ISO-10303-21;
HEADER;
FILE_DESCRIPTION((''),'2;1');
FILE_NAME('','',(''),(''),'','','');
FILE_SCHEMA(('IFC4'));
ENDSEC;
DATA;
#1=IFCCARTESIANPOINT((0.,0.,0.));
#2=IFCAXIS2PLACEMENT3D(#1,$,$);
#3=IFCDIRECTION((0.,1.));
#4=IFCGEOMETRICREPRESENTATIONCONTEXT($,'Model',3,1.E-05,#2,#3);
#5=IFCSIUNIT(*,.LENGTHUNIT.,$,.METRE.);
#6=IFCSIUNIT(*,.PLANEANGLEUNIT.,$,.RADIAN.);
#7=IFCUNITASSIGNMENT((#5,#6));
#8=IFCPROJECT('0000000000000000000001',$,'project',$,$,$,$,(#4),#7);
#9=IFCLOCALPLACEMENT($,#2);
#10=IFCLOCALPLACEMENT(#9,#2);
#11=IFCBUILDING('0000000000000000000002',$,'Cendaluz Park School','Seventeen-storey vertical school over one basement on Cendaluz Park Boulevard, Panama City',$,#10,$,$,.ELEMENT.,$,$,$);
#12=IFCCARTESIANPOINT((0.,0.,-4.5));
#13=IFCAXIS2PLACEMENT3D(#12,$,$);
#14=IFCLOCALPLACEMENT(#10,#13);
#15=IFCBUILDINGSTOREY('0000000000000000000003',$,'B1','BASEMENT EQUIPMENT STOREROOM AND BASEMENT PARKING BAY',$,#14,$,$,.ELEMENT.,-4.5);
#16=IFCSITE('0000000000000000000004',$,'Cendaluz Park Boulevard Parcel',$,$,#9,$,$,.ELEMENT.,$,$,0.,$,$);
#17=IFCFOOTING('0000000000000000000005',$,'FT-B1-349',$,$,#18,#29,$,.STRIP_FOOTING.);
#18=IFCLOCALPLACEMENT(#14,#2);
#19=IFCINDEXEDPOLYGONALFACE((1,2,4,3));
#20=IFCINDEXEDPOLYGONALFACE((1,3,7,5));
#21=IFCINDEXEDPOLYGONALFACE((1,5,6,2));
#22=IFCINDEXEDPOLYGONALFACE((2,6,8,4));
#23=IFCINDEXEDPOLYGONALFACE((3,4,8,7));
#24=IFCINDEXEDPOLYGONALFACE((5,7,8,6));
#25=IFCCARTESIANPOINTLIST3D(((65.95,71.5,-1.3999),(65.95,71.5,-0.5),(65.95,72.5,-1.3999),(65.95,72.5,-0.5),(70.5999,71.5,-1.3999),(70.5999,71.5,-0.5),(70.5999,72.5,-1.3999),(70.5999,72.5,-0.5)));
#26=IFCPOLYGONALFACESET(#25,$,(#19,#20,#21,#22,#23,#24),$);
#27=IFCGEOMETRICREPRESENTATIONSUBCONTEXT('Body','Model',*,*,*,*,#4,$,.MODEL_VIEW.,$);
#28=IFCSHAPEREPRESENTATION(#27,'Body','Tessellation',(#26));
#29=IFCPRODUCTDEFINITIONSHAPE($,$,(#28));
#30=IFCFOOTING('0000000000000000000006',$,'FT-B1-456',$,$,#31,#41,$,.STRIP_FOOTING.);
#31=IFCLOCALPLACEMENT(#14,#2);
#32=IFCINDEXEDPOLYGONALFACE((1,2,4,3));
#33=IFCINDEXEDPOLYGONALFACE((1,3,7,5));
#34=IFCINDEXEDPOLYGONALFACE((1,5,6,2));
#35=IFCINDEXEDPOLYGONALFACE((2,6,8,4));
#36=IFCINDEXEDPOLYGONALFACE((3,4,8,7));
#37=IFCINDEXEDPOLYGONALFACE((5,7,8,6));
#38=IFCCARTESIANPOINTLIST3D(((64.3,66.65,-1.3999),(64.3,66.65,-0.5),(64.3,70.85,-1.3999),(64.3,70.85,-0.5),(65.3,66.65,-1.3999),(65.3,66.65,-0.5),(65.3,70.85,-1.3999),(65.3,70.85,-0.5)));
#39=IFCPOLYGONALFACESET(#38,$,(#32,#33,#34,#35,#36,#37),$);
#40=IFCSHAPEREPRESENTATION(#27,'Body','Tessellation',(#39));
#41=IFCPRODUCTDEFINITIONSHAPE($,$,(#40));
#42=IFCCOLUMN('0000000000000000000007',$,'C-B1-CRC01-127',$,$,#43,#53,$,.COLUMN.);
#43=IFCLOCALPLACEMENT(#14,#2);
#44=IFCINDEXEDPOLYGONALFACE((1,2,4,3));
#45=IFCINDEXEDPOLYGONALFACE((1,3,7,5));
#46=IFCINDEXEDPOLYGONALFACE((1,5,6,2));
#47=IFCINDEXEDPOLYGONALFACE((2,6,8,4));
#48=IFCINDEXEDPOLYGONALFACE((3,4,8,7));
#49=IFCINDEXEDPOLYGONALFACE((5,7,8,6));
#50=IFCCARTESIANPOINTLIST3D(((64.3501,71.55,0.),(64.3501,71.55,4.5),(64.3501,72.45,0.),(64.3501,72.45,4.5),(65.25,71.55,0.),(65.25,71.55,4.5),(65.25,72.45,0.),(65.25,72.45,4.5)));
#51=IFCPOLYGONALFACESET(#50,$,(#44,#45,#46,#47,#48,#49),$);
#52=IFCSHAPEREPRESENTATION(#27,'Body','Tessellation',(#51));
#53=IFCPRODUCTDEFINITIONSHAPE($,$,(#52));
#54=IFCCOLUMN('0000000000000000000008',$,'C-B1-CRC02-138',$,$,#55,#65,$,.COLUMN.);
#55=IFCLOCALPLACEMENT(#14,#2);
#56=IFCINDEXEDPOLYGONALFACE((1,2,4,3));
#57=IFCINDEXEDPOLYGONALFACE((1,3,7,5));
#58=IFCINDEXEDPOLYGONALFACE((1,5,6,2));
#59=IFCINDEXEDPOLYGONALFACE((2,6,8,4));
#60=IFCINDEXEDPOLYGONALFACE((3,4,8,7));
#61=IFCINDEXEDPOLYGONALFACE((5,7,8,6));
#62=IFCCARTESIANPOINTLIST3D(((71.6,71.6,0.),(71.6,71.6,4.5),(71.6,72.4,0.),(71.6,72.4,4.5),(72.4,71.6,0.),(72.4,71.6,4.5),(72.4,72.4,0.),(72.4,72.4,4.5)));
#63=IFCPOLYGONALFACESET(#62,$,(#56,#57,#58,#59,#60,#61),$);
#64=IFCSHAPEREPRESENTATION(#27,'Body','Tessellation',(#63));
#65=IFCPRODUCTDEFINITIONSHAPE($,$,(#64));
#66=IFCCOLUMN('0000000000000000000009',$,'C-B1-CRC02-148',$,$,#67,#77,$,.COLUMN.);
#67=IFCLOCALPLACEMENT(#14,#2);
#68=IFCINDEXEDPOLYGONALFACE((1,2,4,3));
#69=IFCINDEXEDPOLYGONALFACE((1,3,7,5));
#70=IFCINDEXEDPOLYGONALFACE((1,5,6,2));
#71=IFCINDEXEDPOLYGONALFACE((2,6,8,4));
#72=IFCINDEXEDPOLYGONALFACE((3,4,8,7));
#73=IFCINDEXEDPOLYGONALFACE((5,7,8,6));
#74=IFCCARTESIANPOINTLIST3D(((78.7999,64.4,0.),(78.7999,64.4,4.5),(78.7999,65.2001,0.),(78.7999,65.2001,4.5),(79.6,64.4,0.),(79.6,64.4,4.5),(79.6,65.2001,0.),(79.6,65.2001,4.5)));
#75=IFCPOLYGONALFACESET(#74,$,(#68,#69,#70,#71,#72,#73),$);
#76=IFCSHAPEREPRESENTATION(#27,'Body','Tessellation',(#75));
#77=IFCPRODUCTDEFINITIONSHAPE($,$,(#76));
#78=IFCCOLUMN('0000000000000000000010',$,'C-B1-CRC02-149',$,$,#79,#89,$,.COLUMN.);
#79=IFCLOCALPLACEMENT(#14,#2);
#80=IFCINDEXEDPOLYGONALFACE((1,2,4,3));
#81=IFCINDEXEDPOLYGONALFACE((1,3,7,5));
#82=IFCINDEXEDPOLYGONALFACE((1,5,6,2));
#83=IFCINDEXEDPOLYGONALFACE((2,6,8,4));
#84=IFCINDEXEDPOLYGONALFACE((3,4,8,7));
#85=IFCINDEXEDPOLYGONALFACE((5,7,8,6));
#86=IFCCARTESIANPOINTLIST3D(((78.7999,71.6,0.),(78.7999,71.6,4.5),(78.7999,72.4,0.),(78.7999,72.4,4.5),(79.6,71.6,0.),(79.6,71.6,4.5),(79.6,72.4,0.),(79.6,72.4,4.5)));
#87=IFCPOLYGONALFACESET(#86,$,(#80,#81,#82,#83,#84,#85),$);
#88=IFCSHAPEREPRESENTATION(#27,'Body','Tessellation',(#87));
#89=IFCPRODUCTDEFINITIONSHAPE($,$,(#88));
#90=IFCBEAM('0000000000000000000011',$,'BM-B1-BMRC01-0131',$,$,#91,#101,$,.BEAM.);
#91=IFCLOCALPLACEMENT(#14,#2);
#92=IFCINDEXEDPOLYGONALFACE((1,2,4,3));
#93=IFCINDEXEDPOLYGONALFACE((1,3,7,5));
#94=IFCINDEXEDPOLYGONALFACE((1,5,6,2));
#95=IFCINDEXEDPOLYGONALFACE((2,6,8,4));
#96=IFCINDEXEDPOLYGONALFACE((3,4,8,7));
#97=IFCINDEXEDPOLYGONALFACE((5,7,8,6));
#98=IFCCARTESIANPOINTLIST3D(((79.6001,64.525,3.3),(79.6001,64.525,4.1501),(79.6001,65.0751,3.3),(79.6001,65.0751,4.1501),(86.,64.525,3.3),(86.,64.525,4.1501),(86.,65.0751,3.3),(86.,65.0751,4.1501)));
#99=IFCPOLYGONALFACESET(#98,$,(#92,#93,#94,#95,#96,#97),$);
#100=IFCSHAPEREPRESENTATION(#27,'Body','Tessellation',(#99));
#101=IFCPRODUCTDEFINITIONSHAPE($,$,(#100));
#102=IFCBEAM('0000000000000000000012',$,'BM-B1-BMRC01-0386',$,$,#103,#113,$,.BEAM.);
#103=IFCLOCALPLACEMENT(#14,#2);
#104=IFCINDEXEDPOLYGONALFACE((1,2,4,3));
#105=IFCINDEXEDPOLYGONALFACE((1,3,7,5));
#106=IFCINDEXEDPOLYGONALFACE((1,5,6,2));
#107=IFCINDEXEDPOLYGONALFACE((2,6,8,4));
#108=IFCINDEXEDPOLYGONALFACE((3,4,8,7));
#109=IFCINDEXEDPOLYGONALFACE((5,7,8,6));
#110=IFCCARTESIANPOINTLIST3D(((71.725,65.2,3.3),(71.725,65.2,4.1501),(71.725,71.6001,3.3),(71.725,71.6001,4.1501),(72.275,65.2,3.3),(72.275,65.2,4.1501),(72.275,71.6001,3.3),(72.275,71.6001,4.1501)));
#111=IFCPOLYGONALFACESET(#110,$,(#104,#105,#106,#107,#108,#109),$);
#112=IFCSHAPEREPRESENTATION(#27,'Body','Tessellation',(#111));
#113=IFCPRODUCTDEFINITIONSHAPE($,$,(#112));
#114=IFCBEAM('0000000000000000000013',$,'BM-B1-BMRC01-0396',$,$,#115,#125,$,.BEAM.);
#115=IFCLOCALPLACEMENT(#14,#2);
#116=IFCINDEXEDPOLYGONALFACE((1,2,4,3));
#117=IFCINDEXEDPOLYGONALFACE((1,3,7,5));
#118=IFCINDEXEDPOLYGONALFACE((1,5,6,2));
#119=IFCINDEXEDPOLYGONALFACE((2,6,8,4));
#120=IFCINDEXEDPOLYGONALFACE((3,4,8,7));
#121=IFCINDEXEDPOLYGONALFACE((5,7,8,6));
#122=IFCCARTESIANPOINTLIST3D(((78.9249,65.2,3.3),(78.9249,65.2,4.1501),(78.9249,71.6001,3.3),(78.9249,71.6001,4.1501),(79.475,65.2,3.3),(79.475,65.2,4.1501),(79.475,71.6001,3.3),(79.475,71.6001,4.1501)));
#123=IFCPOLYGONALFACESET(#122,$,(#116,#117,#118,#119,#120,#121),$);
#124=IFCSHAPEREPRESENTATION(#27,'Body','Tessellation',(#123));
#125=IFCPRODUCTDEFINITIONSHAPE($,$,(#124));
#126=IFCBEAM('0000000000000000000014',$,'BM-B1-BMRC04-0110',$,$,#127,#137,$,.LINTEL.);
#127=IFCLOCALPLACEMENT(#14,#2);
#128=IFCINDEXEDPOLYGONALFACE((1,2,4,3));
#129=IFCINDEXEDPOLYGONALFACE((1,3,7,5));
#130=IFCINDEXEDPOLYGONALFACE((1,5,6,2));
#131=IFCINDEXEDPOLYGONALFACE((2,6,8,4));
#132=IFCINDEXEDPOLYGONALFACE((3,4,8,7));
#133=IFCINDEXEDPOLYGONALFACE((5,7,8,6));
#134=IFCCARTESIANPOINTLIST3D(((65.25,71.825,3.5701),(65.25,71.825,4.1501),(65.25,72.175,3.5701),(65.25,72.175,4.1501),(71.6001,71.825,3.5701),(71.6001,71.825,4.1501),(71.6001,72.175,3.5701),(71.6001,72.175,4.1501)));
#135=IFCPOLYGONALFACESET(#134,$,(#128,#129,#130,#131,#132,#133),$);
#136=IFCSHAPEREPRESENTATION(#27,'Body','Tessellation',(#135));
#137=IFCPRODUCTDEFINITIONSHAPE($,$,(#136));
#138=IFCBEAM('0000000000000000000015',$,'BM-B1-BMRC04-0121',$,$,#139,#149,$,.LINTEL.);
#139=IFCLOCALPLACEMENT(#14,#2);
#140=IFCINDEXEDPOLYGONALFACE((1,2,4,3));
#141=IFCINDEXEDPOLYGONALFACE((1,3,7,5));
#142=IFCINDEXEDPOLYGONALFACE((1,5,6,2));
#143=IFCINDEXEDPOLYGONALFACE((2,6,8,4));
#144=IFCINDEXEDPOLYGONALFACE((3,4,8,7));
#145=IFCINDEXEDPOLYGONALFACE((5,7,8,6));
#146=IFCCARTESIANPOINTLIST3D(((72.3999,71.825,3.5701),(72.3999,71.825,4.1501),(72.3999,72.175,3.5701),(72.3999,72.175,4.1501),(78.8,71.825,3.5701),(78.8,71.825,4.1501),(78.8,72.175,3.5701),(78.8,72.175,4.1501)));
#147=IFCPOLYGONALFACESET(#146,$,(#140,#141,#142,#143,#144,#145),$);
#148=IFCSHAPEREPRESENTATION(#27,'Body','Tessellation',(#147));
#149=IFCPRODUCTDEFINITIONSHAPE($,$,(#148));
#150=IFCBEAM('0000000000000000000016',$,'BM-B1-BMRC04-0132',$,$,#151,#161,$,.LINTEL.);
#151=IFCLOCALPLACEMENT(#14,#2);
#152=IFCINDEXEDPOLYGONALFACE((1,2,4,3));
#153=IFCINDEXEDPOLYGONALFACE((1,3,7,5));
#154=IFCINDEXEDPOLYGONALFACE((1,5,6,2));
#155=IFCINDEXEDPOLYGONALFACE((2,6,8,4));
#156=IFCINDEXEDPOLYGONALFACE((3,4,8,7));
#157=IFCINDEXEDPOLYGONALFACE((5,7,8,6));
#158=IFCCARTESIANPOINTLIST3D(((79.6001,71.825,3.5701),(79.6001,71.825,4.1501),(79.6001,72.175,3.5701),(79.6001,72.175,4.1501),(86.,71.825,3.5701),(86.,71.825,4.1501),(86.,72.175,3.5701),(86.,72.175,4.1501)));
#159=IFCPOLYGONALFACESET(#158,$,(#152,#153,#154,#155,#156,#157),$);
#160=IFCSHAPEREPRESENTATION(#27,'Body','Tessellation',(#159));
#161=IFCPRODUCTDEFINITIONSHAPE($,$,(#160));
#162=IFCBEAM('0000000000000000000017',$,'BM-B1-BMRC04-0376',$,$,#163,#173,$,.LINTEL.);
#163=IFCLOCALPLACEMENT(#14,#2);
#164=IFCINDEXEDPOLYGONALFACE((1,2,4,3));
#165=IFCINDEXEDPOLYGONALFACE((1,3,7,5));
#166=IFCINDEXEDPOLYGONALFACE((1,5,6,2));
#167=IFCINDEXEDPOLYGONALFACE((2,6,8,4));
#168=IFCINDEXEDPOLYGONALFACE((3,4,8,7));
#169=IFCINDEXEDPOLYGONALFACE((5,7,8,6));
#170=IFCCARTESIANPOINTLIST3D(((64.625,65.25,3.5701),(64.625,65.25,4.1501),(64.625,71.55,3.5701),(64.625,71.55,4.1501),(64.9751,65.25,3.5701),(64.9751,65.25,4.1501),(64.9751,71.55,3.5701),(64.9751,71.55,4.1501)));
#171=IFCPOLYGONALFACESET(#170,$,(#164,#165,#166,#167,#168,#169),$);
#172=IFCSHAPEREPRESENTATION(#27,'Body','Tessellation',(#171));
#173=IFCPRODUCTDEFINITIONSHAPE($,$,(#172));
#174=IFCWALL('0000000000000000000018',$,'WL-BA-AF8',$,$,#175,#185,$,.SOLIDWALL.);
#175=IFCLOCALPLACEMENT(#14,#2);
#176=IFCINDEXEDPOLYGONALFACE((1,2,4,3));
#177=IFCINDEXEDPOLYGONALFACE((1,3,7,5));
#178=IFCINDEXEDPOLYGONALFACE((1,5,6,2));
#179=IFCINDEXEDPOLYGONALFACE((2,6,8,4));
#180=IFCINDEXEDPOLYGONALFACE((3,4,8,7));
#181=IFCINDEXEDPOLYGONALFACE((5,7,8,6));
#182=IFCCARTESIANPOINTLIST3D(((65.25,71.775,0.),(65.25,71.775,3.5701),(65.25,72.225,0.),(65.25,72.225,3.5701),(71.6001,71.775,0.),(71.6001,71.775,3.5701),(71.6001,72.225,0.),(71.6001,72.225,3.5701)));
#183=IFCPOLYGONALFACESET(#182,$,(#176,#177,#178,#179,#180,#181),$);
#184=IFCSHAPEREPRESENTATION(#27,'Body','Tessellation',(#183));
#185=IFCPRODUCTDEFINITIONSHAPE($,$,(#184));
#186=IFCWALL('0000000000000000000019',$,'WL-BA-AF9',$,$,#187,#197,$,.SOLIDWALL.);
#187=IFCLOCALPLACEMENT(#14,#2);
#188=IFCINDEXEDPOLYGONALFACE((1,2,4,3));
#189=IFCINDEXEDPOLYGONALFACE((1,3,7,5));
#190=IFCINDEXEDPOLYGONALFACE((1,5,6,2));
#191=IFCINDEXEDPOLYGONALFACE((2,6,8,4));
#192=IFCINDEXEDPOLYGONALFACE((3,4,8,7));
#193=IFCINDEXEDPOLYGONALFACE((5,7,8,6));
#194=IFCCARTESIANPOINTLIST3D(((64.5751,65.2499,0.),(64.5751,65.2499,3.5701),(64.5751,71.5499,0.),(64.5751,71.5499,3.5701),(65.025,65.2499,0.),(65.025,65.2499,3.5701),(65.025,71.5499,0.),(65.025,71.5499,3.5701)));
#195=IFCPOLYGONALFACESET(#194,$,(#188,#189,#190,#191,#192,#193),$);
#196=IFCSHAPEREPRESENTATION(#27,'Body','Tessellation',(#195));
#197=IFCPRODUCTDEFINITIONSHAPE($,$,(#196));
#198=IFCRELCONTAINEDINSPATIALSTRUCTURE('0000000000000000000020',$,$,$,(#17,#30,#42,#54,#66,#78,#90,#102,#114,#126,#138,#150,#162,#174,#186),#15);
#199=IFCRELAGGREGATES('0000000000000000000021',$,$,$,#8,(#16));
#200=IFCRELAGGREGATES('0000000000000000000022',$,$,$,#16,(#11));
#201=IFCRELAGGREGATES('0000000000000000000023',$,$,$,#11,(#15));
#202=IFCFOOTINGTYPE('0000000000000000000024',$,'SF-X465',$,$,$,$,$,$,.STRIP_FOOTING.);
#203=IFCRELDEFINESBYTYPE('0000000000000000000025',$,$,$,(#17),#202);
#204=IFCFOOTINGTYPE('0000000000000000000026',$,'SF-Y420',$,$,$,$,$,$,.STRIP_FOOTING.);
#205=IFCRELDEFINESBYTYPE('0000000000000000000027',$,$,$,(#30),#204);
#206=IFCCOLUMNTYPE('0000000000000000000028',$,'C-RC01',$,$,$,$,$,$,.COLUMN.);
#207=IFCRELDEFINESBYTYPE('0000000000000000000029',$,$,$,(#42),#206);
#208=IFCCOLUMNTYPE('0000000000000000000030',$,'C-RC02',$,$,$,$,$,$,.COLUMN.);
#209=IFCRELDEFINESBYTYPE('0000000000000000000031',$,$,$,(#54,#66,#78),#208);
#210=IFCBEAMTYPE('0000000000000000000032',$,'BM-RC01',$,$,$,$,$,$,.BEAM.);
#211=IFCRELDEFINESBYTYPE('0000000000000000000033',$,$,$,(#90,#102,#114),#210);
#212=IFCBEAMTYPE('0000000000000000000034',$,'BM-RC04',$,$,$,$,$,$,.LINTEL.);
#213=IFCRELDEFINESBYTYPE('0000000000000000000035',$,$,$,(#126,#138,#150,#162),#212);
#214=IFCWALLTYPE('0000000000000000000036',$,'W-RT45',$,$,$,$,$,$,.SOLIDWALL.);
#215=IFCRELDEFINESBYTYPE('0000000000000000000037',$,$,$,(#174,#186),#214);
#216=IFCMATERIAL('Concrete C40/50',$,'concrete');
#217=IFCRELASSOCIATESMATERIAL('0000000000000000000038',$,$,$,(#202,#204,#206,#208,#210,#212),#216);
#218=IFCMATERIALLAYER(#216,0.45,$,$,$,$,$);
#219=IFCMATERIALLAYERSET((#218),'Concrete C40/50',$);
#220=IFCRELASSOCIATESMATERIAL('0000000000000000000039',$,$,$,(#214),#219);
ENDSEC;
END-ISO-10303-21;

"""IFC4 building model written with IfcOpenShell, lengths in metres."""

from ifc_helpers import new_model, si_unit, direction, frame, frame_2d, origin, origin_2d, place, context, subcontext, project, spatial, rectangle, extrude, material, layer, layer_set, material_profile, profile_set, type_object, element, save


model = new_model("IFC4")

# Units and contexts
model_context = context("Model", 3, precision=1e-05, world=origin(), true_north=direction((0.0, 1.0)))
body_context = subcontext(model_context, "Body", "Model", "MODEL_VIEW")
ifc_project = project(units=[si_unit("LENGTHUNIT", "METRE"), si_unit("PLANEANGLEUNIT", "RADIAN")], contexts=[model_context])

# Site, building, storey
site_placement = place(None, origin())
site = spatial("IfcSite", under=ifc_project, at=site_placement, Name="Cendaluz Park Boulevard Parcel", CompositionType="ELEMENT", RefElevation=0.0)
building_placement = place(site_placement, origin())
building = spatial("IfcBuilding", under=site, at=building_placement, Name="Cendaluz Park School", Description="Seventeen-storey vertical school over one basement on Cendaluz Park Boulevard, Panama City", CompositionType="ELEMENT")
storey_placement = place(building_placement, frame((0.0, 0.0, -4.5)))
storey = spatial("IfcBuildingStorey", under=building, at=storey_placement, Name="B1", Description="BASEMENT EQUIPMENT STOREROOM AND BASEMENT PARKING BAY", CompositionType="ELEMENT", Elevation=-4.5)

# Shared definitions
ifc_material_1 = material(Name="Concrete C40/50", Category="concrete")

# Footings
footing_type_1 = type_object("IfcFootingType", Name="SF-X465", PredefinedType="STRIP_FOOTING", material=ifc_material_1)
footing_1_placement = place(storey_placement, frame((68.2749, 72.0, -1.3999), z_axis=(0.0, 0.0, 1.0), x_axis=(1.0, 0.0, 0.0)))
element("IfcFooting", 1, at=footing_1_placement, inside=storey, type_object=footing_type_1, Name="FT-B1-349", PredefinedType="STRIP_FOOTING", context=body_context, shape_type="SweptSolid", body=[
    extrude(rectangle(XDim=4.6499, YDim=1.0, at=origin_2d()), origin(), (0.0, 0.0, 1.0), 0.8999),
])
footing_type_2 = type_object("IfcFootingType", Name="SF-Y420", PredefinedType="STRIP_FOOTING", material=ifc_material_1)
footing_2_placement = place(storey_placement, frame((64.8, 68.75, -1.3999), z_axis=(0.0, 0.0, 1.0), x_axis=(1.0, 0.0, 0.0)))
element("IfcFooting", 2, at=footing_2_placement, inside=storey, type_object=footing_type_2, Name="FT-B1-456", PredefinedType="STRIP_FOOTING", context=body_context, shape_type="SweptSolid", body=[
    extrude(rectangle(XDim=1.0, YDim=4.2, at=origin_2d()), origin(), (0.0, 0.0, 1.0), 0.8999),
])

# Columns
ifc_material_profile_1 = material_profile(ifc_material_1, rectangle(XDim=0.8999, YDim=0.8999, at=origin_2d()), Name="RC 900x900", Category="concrete")
ifc_profile_set_1 = profile_set([ifc_material_profile_1], Name="Concrete C40/50")
column_type_1 = type_object("IfcColumnType", Name="C-RC01", PredefinedType="COLUMN", material=ifc_profile_set_1)
column_placement = place(storey_placement, frame((64.8, 72.0, 0.0), z_axis=(0.0, 0.0, 1.0), x_axis=(1.0, 0.0, 0.0)))
element("IfcColumn", 3, at=column_placement, inside=storey, type_object=column_type_1, Name="C-B1-CRC01-127", PredefinedType="COLUMN", context=body_context, shape_type="SweptSolid", body=[
    extrude(rectangle(XDim=0.8999, YDim=0.8999, at=origin_2d()), origin(), (0.0, 0.0, 1.0), 4.5),
])
ifc_material_profile_2 = material_profile(ifc_material_1, rectangle(XDim=0.8, YDim=0.8, at=origin_2d()), Name="RC 800x800", Category="concrete")
ifc_profile_set_2 = profile_set([ifc_material_profile_2], Name="Concrete C40/50")
column_type_2 = type_object("IfcColumnType", Name="C-RC02", PredefinedType="COLUMN", material=ifc_profile_set_2)
for number, where, z_axis, x_axis, name in (
    (4, (72.0, 72.0, 0.0), (0.0, 0.0, 1.0), (1.0, 0.0, 0.0), "C-B1-CRC02-138"),
    (5, (79.2, 64.8, 0.0), (0.0, 0.0, 1.0), (1.0, 0.0, 0.0), "C-B1-CRC02-148"),
    (6, (79.2, 72.0, 0.0), (0.0, 0.0, 1.0), (1.0, 0.0, 0.0), "C-B1-CRC02-149"),
):
    element("IfcColumn", number, at=place(storey_placement, frame(where, z_axis=z_axis, x_axis=x_axis)), inside=storey, type_object=column_type_2, Name=name, PredefinedType="COLUMN", context=body_context, shape_type="SweptSolid", body=[
        extrude(rectangle(XDim=0.8, YDim=0.8, at=origin_2d()), origin(), (0.0, 0.0, 1.0), 4.5),
    ])

# Beams
ifc_material_profile_3 = material_profile(ifc_material_1, rectangle(XDim=0.55, YDim=0.8501, at=origin_2d()), Name="RC 550x850", Category="concrete")
ifc_profile_set_3 = profile_set([ifc_material_profile_3], Name="Concrete C40/50")
beam_type_1 = type_object("IfcBeamType", Name="BM-RC01", PredefinedType="BEAM", material=ifc_profile_set_3)
beam_1_placement = place(storey_placement, frame((79.6001, 64.8, 3.7251), z_axis=(1.0, 0.0, 0.0), x_axis=(0.0, 1.0, 0.0)))
element("IfcBeam", 7, at=beam_1_placement, inside=storey, type_object=beam_type_1, Name="BM-B1-BMRC01-0131", PredefinedType="BEAM", context=body_context, shape_type="SweptSolid", body=[
    extrude(rectangle(XDim=0.55, YDim=0.8501, at=origin_2d()), origin(), (0.0, 0.0, 1.0), 6.3999),
])
for number, where, z_axis, x_axis, name in (
    (8, (72.0, 65.2, 3.7251), (0.0, 1.0, 0.0), (-1.0, 0.0, 0.0), "BM-B1-BMRC01-0386"),
    (9, (79.2, 65.2, 3.7251), (0.0, 1.0, 0.0), (-1.0, 0.0, 0.0), "BM-B1-BMRC01-0396"),
):
    element("IfcBeam", number, at=place(storey_placement, frame(where, z_axis=z_axis, x_axis=x_axis)), inside=storey, type_object=beam_type_1, Name=name, PredefinedType="BEAM", context=body_context, shape_type="SweptSolid", body=[
        extrude(rectangle(XDim=0.55, YDim=0.8501, at=origin_2d()), origin(), (0.0, 0.0, 1.0), 6.4001),
    ])
ifc_material_profile_4 = material_profile(ifc_material_1, rectangle(XDim=0.3501, YDim=0.5801, at=origin_2d()), Name="RC 350x580", Category="concrete")
ifc_profile_set_4 = profile_set([ifc_material_profile_4], Name="Concrete C40/50")
beam_type_2 = type_object("IfcBeamType", Name="BM-RC04", PredefinedType="LINTEL", material=ifc_profile_set_4)
beam_2_placement = place(storey_placement, frame((65.25, 72.0, 3.8601), z_axis=(1.0, 0.0, 0.0), x_axis=(0.0, 1.0, 0.0)))
element("IfcBeam", 10, at=beam_2_placement, inside=storey, type_object=beam_type_2, Name="BM-B1-BMRC04-0110", PredefinedType="LINTEL", context=body_context, shape_type="SweptSolid", body=[
    extrude(rectangle(XDim=0.3501, YDim=0.5801, at=origin_2d()), origin(), (0.0, 0.0, 1.0), 6.3501),
])
beam_3_placement = place(storey_placement, frame((72.3999, 72.0, 3.8601), z_axis=(1.0, 0.0, 0.0), x_axis=(0.0, 1.0, 0.0)))
element("IfcBeam", 11, at=beam_3_placement, inside=storey, type_object=beam_type_2, Name="BM-B1-BMRC04-0121", PredefinedType="LINTEL", context=body_context, shape_type="SweptSolid", body=[
    extrude(rectangle(XDim=0.3501, YDim=0.5801, at=origin_2d()), origin(), (0.0, 0.0, 1.0), 6.4001),
])
beam_4_placement = place(storey_placement, frame((79.6001, 72.0, 3.8601), z_axis=(1.0, 0.0, 0.0), x_axis=(0.0, 1.0, 0.0)))
element("IfcBeam", 12, at=beam_4_placement, inside=storey, type_object=beam_type_2, Name="BM-B1-BMRC04-0132", PredefinedType="LINTEL", context=body_context, shape_type="SweptSolid", body=[
    extrude(rectangle(XDim=0.3501, YDim=0.5801, at=origin_2d()), origin(), (0.0, 0.0, 1.0), 6.3999),
])
beam_5_placement = place(storey_placement, frame((64.8, 65.25, 3.8601), z_axis=(0.0, 1.0, 0.0), x_axis=(-1.0, 0.0, 0.0)))
element("IfcBeam", 13, at=beam_5_placement, inside=storey, type_object=beam_type_2, Name="BM-B1-BMRC04-0376", PredefinedType="LINTEL", context=body_context, shape_type="SweptSolid", body=[
    extrude(rectangle(XDim=0.3501, YDim=0.5801, at=origin_2d()), origin(), (0.0, 0.0, 1.0), 6.3),
])

# Walls
ifc_layer_1 = layer(ifc_material_1, 0.45)
ifc_layer_set_1 = layer_set([ifc_layer_1], Name="Concrete C40/50")
wall_type_1 = type_object("IfcWallType", Name="W-RT45", PredefinedType="SOLIDWALL", material=ifc_layer_set_1)
wall_1_placement = place(storey_placement, frame((65.25, 72.0, 0.0), z_axis=(0.0, 0.0, 1.0), x_axis=(1.0, 0.0, 0.0)))
element("IfcWall", 14, at=wall_1_placement, inside=storey, type_object=wall_type_1, Name="WL-BA-AF8", PredefinedType="SOLIDWALL", context=body_context, shape_type="SweptSolid", body=[
    extrude(rectangle(XDim=6.3501, YDim=0.45, at=frame_2d((3.175, 0.0))), origin(), (0.0, 0.0, 1.0), 3.5701),
])
wall_2_placement = place(storey_placement, frame((64.8, 65.25, 0.0), z_axis=(0.0, 0.0, 1.0), x_axis=(0.0, 1.0, 0.0)))
element("IfcWall", 15, at=wall_2_placement, inside=storey, type_object=wall_type_1, Name="WL-BA-AF9", PredefinedType="SOLIDWALL", context=body_context, shape_type="SweptSolid", body=[
    extrude(rectangle(XDim=6.3, YDim=0.45, at=frame_2d((3.1499, 0.0))), origin(), (0.0, 0.0, 1.0), 3.5701),
])

save(model, "model.ifc")
